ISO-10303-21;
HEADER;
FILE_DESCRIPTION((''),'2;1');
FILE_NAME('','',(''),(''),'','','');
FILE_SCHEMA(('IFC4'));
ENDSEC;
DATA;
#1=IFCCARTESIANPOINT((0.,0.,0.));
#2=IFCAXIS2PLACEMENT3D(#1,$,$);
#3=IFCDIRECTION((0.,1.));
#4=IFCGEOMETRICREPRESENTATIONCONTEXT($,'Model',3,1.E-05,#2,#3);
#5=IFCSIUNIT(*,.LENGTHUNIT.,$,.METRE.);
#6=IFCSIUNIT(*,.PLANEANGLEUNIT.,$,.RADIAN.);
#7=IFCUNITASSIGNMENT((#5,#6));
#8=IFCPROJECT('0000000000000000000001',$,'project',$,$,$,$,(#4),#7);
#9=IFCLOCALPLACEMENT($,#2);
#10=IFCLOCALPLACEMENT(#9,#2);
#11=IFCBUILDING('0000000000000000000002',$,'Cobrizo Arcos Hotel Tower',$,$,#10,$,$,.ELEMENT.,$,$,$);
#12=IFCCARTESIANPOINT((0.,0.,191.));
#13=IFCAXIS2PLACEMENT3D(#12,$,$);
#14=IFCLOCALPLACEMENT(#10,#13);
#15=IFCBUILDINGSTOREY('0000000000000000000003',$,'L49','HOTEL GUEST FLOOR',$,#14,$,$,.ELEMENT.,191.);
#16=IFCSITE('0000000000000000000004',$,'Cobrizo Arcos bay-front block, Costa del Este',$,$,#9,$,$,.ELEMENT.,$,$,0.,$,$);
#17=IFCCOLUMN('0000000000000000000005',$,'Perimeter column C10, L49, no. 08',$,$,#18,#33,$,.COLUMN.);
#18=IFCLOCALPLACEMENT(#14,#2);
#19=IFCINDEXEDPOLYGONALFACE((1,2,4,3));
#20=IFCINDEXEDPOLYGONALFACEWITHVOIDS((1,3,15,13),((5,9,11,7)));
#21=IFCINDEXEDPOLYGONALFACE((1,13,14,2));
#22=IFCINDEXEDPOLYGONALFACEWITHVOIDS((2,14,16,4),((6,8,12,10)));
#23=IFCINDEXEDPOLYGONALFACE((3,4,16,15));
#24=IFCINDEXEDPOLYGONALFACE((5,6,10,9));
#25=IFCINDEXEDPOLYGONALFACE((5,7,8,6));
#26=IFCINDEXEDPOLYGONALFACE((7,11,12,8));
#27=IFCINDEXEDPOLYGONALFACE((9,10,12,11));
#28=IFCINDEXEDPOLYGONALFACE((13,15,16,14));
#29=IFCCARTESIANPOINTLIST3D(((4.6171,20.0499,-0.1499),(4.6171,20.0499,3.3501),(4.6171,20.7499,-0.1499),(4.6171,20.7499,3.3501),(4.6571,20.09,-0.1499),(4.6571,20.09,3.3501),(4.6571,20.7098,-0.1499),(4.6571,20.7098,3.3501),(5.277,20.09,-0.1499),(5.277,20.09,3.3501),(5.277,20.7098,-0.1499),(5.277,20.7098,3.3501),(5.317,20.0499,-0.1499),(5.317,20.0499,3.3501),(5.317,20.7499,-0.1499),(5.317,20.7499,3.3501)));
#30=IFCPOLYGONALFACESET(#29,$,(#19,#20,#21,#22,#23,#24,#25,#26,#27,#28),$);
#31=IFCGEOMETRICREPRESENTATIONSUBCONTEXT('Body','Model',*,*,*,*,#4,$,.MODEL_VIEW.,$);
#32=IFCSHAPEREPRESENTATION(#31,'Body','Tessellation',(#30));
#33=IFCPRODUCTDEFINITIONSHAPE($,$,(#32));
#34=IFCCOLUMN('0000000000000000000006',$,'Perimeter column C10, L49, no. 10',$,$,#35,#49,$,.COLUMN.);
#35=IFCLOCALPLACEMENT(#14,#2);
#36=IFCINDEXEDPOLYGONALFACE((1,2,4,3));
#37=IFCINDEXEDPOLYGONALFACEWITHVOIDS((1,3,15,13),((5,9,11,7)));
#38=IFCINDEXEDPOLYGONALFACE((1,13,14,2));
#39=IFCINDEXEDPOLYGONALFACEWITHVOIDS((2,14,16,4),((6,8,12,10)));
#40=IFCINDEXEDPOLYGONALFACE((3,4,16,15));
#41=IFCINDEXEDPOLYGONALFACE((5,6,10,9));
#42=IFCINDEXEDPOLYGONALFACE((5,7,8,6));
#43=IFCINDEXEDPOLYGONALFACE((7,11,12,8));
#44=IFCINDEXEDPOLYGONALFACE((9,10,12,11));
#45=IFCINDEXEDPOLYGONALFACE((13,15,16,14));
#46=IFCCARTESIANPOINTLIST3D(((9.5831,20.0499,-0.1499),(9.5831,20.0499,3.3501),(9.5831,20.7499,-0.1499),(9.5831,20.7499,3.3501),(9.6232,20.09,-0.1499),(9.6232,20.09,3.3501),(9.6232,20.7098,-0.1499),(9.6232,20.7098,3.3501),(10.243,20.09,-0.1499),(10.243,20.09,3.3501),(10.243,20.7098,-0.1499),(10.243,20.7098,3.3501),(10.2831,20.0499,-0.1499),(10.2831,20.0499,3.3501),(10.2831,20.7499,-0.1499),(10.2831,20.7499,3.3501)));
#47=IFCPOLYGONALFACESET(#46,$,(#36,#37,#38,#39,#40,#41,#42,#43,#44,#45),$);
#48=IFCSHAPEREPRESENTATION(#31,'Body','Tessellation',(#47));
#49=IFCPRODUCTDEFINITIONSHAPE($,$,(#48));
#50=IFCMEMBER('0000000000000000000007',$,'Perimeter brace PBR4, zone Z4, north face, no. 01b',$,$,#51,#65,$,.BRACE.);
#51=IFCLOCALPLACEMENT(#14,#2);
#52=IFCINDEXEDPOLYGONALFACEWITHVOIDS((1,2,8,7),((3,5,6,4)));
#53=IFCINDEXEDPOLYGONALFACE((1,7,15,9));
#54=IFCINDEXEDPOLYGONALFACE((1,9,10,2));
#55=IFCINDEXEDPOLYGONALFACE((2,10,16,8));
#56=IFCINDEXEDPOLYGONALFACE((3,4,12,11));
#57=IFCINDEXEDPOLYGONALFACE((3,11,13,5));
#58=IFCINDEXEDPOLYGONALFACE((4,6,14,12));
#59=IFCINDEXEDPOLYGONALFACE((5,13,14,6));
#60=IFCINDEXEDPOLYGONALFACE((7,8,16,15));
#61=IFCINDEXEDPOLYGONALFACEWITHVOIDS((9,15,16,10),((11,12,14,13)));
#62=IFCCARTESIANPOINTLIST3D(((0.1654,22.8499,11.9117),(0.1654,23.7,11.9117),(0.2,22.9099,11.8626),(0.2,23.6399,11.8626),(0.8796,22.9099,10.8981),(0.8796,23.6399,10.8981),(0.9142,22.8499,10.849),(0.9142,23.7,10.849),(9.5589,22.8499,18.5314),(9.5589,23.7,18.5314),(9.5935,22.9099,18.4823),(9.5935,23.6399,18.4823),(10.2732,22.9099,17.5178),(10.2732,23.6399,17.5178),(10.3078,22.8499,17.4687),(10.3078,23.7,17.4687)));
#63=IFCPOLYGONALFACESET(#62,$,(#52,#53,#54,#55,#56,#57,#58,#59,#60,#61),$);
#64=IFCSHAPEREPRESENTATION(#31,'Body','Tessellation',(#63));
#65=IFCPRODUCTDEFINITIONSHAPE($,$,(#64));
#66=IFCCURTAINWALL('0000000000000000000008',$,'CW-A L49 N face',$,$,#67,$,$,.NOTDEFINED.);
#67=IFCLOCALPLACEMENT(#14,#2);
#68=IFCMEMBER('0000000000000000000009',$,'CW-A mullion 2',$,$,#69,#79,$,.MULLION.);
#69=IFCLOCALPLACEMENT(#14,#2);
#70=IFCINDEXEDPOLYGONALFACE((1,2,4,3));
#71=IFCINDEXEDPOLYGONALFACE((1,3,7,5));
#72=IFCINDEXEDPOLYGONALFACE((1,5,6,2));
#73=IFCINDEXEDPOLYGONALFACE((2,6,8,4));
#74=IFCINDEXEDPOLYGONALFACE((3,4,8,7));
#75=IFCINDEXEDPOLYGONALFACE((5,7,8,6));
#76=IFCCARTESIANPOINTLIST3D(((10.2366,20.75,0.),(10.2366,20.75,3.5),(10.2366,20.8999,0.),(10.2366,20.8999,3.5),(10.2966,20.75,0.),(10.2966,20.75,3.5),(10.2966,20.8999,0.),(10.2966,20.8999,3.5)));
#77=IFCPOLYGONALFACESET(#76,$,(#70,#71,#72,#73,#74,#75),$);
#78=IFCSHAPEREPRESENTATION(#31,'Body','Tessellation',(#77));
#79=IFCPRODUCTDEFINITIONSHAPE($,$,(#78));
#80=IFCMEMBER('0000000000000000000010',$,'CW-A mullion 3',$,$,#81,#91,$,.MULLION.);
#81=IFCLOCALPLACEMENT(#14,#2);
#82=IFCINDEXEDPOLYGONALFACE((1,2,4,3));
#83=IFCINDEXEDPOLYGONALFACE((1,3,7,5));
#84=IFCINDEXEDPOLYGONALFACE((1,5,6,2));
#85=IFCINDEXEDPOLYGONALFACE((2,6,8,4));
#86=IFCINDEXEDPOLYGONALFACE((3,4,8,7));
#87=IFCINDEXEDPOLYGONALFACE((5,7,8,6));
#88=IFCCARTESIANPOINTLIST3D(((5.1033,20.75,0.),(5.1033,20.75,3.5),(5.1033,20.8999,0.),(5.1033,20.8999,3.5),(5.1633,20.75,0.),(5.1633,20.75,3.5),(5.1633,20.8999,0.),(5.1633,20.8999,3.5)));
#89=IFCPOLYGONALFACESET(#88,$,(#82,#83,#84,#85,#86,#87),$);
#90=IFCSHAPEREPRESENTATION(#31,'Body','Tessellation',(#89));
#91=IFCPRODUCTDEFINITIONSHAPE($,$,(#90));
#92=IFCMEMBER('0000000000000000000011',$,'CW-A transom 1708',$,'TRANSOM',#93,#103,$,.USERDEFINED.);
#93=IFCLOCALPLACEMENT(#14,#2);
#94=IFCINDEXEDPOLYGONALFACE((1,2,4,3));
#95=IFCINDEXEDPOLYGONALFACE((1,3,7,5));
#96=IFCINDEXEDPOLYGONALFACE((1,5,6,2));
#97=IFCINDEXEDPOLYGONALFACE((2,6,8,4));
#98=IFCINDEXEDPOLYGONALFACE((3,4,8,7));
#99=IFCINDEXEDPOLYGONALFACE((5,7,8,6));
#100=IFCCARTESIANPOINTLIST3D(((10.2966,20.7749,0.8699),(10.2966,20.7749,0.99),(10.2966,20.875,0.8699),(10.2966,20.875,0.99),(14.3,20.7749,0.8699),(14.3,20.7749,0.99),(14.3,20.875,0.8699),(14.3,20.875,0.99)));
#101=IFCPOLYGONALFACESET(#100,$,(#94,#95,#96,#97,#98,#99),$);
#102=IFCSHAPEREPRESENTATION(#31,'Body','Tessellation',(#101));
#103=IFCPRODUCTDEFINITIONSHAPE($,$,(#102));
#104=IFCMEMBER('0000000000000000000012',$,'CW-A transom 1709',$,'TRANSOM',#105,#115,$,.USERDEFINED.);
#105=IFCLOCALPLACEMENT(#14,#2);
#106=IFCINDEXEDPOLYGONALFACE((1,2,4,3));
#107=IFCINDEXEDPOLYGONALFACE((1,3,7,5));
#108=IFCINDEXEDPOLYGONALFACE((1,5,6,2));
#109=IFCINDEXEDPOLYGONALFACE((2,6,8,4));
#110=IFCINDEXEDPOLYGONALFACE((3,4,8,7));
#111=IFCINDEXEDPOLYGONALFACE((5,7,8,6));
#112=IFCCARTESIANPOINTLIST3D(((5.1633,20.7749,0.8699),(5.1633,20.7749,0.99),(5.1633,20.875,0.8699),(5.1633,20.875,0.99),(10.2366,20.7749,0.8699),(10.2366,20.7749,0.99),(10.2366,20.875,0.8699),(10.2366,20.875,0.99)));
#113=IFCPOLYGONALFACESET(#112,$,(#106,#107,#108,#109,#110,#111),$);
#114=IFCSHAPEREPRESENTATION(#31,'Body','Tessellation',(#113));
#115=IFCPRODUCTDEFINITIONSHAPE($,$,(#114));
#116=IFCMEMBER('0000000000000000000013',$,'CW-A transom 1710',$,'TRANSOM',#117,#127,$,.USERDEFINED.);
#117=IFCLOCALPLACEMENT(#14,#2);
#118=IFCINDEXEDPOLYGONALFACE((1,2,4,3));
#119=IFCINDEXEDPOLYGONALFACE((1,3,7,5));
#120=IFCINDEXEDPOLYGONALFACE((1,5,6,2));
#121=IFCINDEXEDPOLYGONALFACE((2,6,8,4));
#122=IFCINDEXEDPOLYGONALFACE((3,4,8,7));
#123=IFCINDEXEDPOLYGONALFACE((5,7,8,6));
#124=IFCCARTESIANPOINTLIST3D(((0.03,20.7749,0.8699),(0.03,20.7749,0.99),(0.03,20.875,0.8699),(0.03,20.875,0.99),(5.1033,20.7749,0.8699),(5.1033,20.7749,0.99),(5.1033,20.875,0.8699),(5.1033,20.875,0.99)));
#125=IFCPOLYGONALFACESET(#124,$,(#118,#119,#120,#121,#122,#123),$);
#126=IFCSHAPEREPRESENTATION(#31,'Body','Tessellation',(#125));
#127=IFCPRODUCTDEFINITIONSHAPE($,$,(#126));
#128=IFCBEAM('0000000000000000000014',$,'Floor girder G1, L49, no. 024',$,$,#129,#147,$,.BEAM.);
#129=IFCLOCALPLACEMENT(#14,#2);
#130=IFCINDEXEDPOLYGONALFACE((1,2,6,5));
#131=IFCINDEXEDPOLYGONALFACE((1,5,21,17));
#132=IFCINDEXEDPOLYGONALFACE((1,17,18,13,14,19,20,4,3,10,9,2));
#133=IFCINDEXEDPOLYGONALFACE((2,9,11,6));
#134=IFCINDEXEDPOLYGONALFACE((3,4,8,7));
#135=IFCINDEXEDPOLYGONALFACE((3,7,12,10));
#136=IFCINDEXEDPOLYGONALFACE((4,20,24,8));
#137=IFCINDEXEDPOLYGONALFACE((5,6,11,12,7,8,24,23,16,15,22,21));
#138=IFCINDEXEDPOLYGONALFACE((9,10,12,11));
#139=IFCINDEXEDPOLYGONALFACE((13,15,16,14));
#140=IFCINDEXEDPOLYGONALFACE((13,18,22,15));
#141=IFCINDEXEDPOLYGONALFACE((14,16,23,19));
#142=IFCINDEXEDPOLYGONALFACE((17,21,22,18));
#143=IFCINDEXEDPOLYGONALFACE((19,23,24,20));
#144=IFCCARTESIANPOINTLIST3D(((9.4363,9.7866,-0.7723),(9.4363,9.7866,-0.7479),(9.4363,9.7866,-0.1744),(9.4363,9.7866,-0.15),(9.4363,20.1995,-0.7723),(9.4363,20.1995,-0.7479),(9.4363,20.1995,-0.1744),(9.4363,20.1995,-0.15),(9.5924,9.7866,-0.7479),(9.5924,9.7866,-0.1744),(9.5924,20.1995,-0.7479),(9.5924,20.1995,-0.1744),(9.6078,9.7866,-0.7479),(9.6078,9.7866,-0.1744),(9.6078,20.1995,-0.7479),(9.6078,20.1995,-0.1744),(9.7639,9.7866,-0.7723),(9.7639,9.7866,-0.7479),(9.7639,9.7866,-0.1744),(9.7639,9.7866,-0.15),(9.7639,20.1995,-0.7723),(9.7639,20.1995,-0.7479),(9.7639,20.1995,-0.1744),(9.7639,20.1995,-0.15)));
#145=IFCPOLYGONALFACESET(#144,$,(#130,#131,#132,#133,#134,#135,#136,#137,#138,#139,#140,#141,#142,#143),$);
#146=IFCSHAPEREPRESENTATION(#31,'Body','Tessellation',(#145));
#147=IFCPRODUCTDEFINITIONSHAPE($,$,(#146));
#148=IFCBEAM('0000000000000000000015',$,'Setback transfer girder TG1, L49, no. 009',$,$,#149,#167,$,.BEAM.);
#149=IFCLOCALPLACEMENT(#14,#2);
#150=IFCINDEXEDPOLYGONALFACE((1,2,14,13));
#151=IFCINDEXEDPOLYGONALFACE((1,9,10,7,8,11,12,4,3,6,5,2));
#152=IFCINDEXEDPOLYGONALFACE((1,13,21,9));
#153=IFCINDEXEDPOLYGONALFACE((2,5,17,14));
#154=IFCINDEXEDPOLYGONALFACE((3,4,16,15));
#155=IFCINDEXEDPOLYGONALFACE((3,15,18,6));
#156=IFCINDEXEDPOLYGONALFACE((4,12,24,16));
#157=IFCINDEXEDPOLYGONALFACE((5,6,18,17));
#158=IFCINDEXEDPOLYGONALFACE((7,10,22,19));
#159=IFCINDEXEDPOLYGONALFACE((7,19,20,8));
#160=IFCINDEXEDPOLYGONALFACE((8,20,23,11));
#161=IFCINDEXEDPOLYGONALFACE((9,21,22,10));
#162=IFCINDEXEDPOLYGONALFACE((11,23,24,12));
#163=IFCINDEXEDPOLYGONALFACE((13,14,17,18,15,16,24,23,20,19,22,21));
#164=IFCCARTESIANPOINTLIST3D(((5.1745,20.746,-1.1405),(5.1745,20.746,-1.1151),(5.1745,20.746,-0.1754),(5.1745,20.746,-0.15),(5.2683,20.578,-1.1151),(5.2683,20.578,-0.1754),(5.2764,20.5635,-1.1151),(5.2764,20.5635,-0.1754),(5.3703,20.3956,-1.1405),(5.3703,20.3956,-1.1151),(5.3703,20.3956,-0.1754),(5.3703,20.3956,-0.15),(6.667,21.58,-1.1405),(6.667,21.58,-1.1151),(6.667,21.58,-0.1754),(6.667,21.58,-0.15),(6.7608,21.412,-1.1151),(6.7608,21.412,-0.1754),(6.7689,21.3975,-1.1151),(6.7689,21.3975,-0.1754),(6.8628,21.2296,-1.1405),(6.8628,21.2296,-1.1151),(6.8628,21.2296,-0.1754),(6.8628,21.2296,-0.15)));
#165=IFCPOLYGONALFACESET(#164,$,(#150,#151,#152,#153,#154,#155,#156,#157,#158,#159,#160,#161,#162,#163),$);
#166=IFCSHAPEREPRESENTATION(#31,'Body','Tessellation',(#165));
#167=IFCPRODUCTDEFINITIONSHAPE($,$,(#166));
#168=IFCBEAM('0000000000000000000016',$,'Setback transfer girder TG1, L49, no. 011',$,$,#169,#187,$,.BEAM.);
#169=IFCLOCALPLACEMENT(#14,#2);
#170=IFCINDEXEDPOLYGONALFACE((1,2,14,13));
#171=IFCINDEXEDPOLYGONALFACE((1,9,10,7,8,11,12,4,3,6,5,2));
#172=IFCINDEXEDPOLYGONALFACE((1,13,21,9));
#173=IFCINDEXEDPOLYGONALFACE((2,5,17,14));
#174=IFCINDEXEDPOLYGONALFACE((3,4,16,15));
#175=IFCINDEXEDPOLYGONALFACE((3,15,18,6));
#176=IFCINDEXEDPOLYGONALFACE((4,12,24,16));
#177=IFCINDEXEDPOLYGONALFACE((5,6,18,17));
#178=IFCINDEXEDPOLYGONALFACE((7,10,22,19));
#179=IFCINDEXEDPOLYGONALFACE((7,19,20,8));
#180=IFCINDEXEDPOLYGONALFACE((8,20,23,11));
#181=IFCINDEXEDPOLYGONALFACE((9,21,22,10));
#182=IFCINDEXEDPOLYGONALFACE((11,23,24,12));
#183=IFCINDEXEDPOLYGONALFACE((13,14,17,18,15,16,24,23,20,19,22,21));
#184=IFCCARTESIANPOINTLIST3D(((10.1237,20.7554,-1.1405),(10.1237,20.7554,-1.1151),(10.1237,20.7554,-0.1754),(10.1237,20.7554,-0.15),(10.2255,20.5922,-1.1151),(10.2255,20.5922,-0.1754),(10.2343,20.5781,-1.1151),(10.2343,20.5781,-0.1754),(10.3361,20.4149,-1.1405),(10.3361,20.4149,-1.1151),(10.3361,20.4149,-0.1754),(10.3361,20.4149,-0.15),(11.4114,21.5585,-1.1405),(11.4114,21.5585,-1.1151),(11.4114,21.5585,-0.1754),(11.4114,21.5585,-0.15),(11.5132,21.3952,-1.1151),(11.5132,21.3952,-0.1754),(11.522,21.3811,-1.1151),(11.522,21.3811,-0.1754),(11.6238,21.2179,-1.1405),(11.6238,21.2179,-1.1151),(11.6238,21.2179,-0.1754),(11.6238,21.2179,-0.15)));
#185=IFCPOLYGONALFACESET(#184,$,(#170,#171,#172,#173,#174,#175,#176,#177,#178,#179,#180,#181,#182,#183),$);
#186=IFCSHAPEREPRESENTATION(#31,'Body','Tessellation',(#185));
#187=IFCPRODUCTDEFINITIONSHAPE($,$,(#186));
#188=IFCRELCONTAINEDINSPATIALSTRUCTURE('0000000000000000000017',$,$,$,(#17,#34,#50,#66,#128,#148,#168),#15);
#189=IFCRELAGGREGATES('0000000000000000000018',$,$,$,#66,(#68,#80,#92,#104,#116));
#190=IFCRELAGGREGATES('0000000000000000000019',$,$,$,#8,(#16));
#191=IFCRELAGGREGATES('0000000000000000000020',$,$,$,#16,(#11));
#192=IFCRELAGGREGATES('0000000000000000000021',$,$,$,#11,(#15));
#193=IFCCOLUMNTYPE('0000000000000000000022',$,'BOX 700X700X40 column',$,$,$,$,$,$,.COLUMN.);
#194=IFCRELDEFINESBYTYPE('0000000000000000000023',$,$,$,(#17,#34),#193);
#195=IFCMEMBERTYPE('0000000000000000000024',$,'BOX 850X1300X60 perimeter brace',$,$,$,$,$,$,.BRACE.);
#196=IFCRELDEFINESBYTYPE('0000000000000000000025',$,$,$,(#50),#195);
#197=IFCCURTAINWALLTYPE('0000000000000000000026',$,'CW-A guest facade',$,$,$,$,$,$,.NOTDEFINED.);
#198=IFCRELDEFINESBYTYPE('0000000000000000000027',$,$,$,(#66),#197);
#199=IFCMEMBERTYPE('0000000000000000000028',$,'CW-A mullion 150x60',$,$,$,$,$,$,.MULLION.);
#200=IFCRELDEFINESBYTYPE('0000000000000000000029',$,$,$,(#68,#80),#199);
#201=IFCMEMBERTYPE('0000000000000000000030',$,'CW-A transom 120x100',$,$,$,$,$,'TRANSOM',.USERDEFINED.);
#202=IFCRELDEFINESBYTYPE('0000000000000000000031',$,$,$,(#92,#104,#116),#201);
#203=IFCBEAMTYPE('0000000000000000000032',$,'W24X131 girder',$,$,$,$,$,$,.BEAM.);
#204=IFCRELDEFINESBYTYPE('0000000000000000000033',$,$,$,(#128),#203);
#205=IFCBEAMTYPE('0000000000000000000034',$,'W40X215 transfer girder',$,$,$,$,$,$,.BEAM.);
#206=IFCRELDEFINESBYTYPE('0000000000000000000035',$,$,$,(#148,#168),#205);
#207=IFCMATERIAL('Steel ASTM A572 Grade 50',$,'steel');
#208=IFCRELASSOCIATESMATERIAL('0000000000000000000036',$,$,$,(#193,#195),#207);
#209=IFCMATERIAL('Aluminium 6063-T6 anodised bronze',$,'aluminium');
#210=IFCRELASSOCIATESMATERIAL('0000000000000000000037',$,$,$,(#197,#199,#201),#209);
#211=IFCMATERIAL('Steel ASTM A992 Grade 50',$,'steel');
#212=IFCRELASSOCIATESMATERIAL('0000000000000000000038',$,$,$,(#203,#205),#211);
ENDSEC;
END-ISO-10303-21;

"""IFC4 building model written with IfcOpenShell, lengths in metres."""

from ifc_helpers import new_model, si_unit, direction, frame, origin, origin_2d, place, context, subcontext, project, spatial, rectangle, hollow_rectangle, i_section, extrude, material, material_profile, profile_set, type_object, element, aggregate, save


model = new_model("IFC4")

# Units and contexts
model_context = context("Model", 3, precision=1e-05, world=origin(), true_north=direction((0.0, 1.0)))
body_context = subcontext(model_context, "Body", "Model", "MODEL_VIEW")
ifc_project = project(units=[si_unit("LENGTHUNIT", "METRE"), si_unit("PLANEANGLEUNIT", "RADIAN")], contexts=[model_context])

# Site, building, storey
site_placement = place(None, origin())
site = spatial("IfcSite", under=ifc_project, at=site_placement, Name="Cobrizo Arcos bay-front block, Costa del Este", CompositionType="ELEMENT", RefElevation=0.0)
building_placement = place(site_placement, origin())
building = spatial("IfcBuilding", under=site, at=building_placement, Name="Cobrizo Arcos Hotel Tower", CompositionType="ELEMENT")
storey_placement = place(building_placement, frame((0.0, 0.0, 191.0)))
storey = spatial("IfcBuildingStorey", under=building, at=storey_placement, Name="L49", Description="HOTEL GUEST FLOOR", CompositionType="ELEMENT", Elevation=191.0)

# Columns
ifc_material_1 = material(Name="Steel ASTM A572 Grade 50", Category="steel")
ifc_material_profile_1 = material_profile(ifc_material_1, hollow_rectangle(XDim=0.7, YDim=0.7, WallThickness=0.04, at=origin_2d()), Name="BOX 700X700X40")
ifc_profile_set_1 = profile_set([ifc_material_profile_1], Name="Steel ASTM A572 Grade 50")
column_type = type_object("IfcColumnType", Name="BOX 700X700X40 column", PredefinedType="COLUMN", material=ifc_profile_set_1)
for number, where, z_axis, x_axis, name in (
    (1, (4.967, 20.3999, -0.1499), (0.0, 0.0, 1.0), (1.0, 0.0, 0.0), "Perimeter column C10, L49, no. 08"),
    (2, (9.9331, 20.3999, -0.1499), (0.0, 0.0, 1.0), (1.0, 0.0, 0.0), "Perimeter column C10, L49, no. 10"),
):
    element("IfcColumn", number, at=place(storey_placement, frame(where, z_axis=z_axis, x_axis=x_axis)), inside=storey, type_object=column_type, Name=name, PredefinedType="COLUMN", context=body_context, shape_type="SweptSolid", body=[
        extrude(hollow_rectangle(XDim=0.7, YDim=0.7, WallThickness=0.04, at=origin_2d()), origin(), (0.0, 0.0, 1.0), 3.5),
    ])

# Member
ifc_material_profile_2 = material_profile(ifc_material_1, hollow_rectangle(XDim=0.8501, YDim=1.3, WallThickness=0.0601, at=origin_2d()), Name="BOX 850X1300X60")
ifc_profile_set_2 = profile_set([ifc_material_profile_2], Name="Steel ASTM A572 Grade 50")
member_type_1 = type_object("IfcMemberType", Name="BOX 850X1300X60 perimeter brace", PredefinedType="BRACE", material=ifc_profile_set_2)
member_1_placement = place(storey_placement, frame((0.5398, 23.2749, 11.3804), z_axis=(0.817423, 0.0, 0.576037), x_axis=(0.0, 1.0, 0.0)))
element("IfcMember", 3, at=member_1_placement, inside=storey, type_object=member_type_1, Name="Perimeter brace PBR4, zone Z4, north face, no. 01b", PredefinedType="BRACE", context=body_context, shape_type="SweptSolid", body=[
    extrude(hollow_rectangle(XDim=0.8501, YDim=1.3, WallThickness=0.0601, at=origin_2d()), origin(), (0.0, 0.0, 1.0), 11.4917),
])

# Curtain wall, members
ifc_material_2 = material(Name="Aluminium 6063-T6 anodised bronze", Category="aluminium")
curtain_wall_type = type_object("IfcCurtainWallType", Name="CW-A guest facade", PredefinedType="NOTDEFINED", material=ifc_material_2)
curtain_wall_placement = place(storey_placement, origin())
curtain_wall = element("IfcCurtainWall", 4, at=curtain_wall_placement, inside=storey, type_object=curtain_wall_type, Name="CW-A L49 N face", PredefinedType="NOTDEFINED")
ifc_material_profile_3 = material_profile(ifc_material_2, rectangle(XDim=0.1499, YDim=0.0601, at=origin_2d()), Name="CW-A mullion 150x60")
ifc_profile_set_3 = profile_set([ifc_material_profile_3], Name="Aluminium 6063-T6 anodised bronze")
member_type_2 = type_object("IfcMemberType", Name="CW-A mullion 150x60", PredefinedType="MULLION", material=ifc_profile_set_3)
member_2_placement = place(storey_placement, frame((10.2666, 20.825, 0.0), z_axis=(0.0, 0.0, 1.0), x_axis=(0.0, 1.0, 0.0)))
member_2 = element("IfcMember", 5, at=member_2_placement, type_object=member_type_2, Name="CW-A mullion 2", PredefinedType="MULLION", context=body_context, shape_type="SweptSolid", body=[
    extrude(rectangle(XDim=0.1499, YDim=0.0601, at=origin_2d()), origin(), (0.0, 0.0, 1.0), 3.5),
])
member_3_placement = place(storey_placement, frame((5.1333, 20.825, 0.0), z_axis=(0.0, 0.0, 1.0), x_axis=(0.0, 1.0, 0.0)))
member_3 = element("IfcMember", 6, at=member_3_placement, type_object=member_type_2, Name="CW-A mullion 3", PredefinedType="MULLION", context=body_context, shape_type="SweptSolid", body=[
    extrude(rectangle(XDim=0.1499, YDim=0.0601, at=origin_2d()), origin(), (0.0, 0.0, 1.0), 3.5),
])
ifc_material_profile_4 = material_profile(ifc_material_2, rectangle(XDim=0.1001, YDim=0.1201, at=origin_2d()), Name="CW-A transom 120x100")
ifc_profile_set_4 = profile_set([ifc_material_profile_4], Name="Aluminium 6063-T6 anodised bronze")
member_type_3 = type_object("IfcMemberType", Name="CW-A transom 120x100", ElementType="TRANSOM", PredefinedType="USERDEFINED", material=ifc_profile_set_4)
member_4_placement = place(storey_placement, frame((14.3, 20.825, 0.9299), z_axis=(-1.0, 0.0, 0.0), x_axis=(0.0, -1.0, 0.0)))
member_4 = element("IfcMember", 7, at=member_4_placement, type_object=member_type_3, Name="CW-A transom 1708", ObjectType="TRANSOM", PredefinedType="USERDEFINED", context=body_context, shape_type="SweptSolid", body=[
    extrude(rectangle(XDim=0.1001, YDim=0.1201, at=origin_2d()), origin(), (0.0, 0.0, 1.0), 4.0034),
])
member_5_placement = place(storey_placement, frame((10.2366, 20.825, 0.9299), z_axis=(-1.0, 0.0, 0.0), x_axis=(0.0, -1.0, 0.0)))
member_5 = element("IfcMember", 8, at=member_5_placement, type_object=member_type_3, Name="CW-A transom 1709", ObjectType="TRANSOM", PredefinedType="USERDEFINED", context=body_context, shape_type="SweptSolid", body=[
    extrude(rectangle(XDim=0.1001, YDim=0.1201, at=origin_2d()), origin(), (0.0, 0.0, 1.0), 5.0732),
])
member_6_placement = place(storey_placement, frame((5.1033, 20.825, 0.9299), z_axis=(-1.0, 0.0, 0.0), x_axis=(0.0, -1.0, 0.0)))
member_6 = element("IfcMember", 9, at=member_6_placement, type_object=member_type_3, Name="CW-A transom 1710", ObjectType="TRANSOM", PredefinedType="USERDEFINED", context=body_context, shape_type="SweptSolid", body=[
    extrude(rectangle(XDim=0.1001, YDim=0.1201, at=origin_2d()), origin(), (0.0, 0.0, 1.0), 5.0732),
])

# Beams
ifc_material_3 = material(Name="Steel ASTM A992 Grade 50", Category="steel")
ifc_material_profile_5 = material_profile(ifc_material_3, i_section(OverallWidth=0.3276, OverallDepth=0.6223, WebThickness=0.0154, FlangeThickness=0.0244, at=origin_2d()), Name="W24X131")
ifc_profile_set_5 = profile_set([ifc_material_profile_5], Name="Steel ASTM A992 Grade 50")
beam_type_1 = type_object("IfcBeamType", Name="W24X131 girder", PredefinedType="BEAM", material=ifc_profile_set_5)
beam_1_placement = place(storey_placement, frame((9.6001, 9.7866, -0.4612), z_axis=(0.0, 1.0, 0.0), x_axis=(-1.0, 0.0, 0.0)))
element("IfcBeam", 10, at=beam_1_placement, inside=storey, type_object=beam_type_1, Name="Floor girder G1, L49, no. 024", PredefinedType="BEAM", context=body_context, shape_type="SweptSolid", body=[
    extrude(i_section(OverallWidth=0.3276, OverallDepth=0.6223, WebThickness=0.0154, FlangeThickness=0.0244, at=origin_2d()), origin(), (0.0, 0.0, 1.0), 10.4128),
])
ifc_material_profile_6 = material_profile(ifc_material_3, i_section(OverallWidth=0.4014, OverallDepth=0.9905, WebThickness=0.0166, FlangeThickness=0.0254, at=origin_2d()), Name="W40X215")
ifc_profile_set_6 = profile_set([ifc_material_profile_6], Name="Steel ASTM A992 Grade 50")
beam_type_2 = type_object("IfcBeamType", Name="W40X215 transfer girder", PredefinedType="BEAM", material=ifc_profile_set_6)
beam_2_placement = place(storey_placement, frame((6.7649, 21.4048, -0.6453), z_axis=(-0.872949, -0.487812, 0.0), x_axis=(0.487812, -0.872949, 0.0)))
element("IfcBeam", 11, at=beam_2_placement, inside=storey, type_object=beam_type_2, Name="Setback transfer girder TG1, L49, no. 009", PredefinedType="BEAM", context=body_context, shape_type="SweptSolid", body=[
    extrude(i_section(OverallWidth=0.4014, OverallDepth=0.9905, WebThickness=0.0166, FlangeThickness=0.0254, at=origin_2d()), origin(), (0.0, 0.0, 1.0), 1.7097),
])
beam_3_placement = place(storey_placement, frame((11.5176, 21.3882, -0.6453), z_axis=(-0.848522, -0.52916, 0.0), x_axis=(0.52916, -0.848522, 0.0)))
element("IfcBeam", 12, at=beam_3_placement, inside=storey, type_object=beam_type_2, Name="Setback transfer girder TG1, L49, no. 011", PredefinedType="BEAM", context=body_context, shape_type="SweptSolid", body=[
    extrude(i_section(OverallWidth=0.4014, OverallDepth=0.9905, WebThickness=0.0166, FlangeThickness=0.0254, at=origin_2d()), origin(), (0.0, 0.0, 1.0), 1.5176),
])

aggregate(curtain_wall, [member_2, member_3, member_4, member_5, member_6])

save(model, "model.ifc")
